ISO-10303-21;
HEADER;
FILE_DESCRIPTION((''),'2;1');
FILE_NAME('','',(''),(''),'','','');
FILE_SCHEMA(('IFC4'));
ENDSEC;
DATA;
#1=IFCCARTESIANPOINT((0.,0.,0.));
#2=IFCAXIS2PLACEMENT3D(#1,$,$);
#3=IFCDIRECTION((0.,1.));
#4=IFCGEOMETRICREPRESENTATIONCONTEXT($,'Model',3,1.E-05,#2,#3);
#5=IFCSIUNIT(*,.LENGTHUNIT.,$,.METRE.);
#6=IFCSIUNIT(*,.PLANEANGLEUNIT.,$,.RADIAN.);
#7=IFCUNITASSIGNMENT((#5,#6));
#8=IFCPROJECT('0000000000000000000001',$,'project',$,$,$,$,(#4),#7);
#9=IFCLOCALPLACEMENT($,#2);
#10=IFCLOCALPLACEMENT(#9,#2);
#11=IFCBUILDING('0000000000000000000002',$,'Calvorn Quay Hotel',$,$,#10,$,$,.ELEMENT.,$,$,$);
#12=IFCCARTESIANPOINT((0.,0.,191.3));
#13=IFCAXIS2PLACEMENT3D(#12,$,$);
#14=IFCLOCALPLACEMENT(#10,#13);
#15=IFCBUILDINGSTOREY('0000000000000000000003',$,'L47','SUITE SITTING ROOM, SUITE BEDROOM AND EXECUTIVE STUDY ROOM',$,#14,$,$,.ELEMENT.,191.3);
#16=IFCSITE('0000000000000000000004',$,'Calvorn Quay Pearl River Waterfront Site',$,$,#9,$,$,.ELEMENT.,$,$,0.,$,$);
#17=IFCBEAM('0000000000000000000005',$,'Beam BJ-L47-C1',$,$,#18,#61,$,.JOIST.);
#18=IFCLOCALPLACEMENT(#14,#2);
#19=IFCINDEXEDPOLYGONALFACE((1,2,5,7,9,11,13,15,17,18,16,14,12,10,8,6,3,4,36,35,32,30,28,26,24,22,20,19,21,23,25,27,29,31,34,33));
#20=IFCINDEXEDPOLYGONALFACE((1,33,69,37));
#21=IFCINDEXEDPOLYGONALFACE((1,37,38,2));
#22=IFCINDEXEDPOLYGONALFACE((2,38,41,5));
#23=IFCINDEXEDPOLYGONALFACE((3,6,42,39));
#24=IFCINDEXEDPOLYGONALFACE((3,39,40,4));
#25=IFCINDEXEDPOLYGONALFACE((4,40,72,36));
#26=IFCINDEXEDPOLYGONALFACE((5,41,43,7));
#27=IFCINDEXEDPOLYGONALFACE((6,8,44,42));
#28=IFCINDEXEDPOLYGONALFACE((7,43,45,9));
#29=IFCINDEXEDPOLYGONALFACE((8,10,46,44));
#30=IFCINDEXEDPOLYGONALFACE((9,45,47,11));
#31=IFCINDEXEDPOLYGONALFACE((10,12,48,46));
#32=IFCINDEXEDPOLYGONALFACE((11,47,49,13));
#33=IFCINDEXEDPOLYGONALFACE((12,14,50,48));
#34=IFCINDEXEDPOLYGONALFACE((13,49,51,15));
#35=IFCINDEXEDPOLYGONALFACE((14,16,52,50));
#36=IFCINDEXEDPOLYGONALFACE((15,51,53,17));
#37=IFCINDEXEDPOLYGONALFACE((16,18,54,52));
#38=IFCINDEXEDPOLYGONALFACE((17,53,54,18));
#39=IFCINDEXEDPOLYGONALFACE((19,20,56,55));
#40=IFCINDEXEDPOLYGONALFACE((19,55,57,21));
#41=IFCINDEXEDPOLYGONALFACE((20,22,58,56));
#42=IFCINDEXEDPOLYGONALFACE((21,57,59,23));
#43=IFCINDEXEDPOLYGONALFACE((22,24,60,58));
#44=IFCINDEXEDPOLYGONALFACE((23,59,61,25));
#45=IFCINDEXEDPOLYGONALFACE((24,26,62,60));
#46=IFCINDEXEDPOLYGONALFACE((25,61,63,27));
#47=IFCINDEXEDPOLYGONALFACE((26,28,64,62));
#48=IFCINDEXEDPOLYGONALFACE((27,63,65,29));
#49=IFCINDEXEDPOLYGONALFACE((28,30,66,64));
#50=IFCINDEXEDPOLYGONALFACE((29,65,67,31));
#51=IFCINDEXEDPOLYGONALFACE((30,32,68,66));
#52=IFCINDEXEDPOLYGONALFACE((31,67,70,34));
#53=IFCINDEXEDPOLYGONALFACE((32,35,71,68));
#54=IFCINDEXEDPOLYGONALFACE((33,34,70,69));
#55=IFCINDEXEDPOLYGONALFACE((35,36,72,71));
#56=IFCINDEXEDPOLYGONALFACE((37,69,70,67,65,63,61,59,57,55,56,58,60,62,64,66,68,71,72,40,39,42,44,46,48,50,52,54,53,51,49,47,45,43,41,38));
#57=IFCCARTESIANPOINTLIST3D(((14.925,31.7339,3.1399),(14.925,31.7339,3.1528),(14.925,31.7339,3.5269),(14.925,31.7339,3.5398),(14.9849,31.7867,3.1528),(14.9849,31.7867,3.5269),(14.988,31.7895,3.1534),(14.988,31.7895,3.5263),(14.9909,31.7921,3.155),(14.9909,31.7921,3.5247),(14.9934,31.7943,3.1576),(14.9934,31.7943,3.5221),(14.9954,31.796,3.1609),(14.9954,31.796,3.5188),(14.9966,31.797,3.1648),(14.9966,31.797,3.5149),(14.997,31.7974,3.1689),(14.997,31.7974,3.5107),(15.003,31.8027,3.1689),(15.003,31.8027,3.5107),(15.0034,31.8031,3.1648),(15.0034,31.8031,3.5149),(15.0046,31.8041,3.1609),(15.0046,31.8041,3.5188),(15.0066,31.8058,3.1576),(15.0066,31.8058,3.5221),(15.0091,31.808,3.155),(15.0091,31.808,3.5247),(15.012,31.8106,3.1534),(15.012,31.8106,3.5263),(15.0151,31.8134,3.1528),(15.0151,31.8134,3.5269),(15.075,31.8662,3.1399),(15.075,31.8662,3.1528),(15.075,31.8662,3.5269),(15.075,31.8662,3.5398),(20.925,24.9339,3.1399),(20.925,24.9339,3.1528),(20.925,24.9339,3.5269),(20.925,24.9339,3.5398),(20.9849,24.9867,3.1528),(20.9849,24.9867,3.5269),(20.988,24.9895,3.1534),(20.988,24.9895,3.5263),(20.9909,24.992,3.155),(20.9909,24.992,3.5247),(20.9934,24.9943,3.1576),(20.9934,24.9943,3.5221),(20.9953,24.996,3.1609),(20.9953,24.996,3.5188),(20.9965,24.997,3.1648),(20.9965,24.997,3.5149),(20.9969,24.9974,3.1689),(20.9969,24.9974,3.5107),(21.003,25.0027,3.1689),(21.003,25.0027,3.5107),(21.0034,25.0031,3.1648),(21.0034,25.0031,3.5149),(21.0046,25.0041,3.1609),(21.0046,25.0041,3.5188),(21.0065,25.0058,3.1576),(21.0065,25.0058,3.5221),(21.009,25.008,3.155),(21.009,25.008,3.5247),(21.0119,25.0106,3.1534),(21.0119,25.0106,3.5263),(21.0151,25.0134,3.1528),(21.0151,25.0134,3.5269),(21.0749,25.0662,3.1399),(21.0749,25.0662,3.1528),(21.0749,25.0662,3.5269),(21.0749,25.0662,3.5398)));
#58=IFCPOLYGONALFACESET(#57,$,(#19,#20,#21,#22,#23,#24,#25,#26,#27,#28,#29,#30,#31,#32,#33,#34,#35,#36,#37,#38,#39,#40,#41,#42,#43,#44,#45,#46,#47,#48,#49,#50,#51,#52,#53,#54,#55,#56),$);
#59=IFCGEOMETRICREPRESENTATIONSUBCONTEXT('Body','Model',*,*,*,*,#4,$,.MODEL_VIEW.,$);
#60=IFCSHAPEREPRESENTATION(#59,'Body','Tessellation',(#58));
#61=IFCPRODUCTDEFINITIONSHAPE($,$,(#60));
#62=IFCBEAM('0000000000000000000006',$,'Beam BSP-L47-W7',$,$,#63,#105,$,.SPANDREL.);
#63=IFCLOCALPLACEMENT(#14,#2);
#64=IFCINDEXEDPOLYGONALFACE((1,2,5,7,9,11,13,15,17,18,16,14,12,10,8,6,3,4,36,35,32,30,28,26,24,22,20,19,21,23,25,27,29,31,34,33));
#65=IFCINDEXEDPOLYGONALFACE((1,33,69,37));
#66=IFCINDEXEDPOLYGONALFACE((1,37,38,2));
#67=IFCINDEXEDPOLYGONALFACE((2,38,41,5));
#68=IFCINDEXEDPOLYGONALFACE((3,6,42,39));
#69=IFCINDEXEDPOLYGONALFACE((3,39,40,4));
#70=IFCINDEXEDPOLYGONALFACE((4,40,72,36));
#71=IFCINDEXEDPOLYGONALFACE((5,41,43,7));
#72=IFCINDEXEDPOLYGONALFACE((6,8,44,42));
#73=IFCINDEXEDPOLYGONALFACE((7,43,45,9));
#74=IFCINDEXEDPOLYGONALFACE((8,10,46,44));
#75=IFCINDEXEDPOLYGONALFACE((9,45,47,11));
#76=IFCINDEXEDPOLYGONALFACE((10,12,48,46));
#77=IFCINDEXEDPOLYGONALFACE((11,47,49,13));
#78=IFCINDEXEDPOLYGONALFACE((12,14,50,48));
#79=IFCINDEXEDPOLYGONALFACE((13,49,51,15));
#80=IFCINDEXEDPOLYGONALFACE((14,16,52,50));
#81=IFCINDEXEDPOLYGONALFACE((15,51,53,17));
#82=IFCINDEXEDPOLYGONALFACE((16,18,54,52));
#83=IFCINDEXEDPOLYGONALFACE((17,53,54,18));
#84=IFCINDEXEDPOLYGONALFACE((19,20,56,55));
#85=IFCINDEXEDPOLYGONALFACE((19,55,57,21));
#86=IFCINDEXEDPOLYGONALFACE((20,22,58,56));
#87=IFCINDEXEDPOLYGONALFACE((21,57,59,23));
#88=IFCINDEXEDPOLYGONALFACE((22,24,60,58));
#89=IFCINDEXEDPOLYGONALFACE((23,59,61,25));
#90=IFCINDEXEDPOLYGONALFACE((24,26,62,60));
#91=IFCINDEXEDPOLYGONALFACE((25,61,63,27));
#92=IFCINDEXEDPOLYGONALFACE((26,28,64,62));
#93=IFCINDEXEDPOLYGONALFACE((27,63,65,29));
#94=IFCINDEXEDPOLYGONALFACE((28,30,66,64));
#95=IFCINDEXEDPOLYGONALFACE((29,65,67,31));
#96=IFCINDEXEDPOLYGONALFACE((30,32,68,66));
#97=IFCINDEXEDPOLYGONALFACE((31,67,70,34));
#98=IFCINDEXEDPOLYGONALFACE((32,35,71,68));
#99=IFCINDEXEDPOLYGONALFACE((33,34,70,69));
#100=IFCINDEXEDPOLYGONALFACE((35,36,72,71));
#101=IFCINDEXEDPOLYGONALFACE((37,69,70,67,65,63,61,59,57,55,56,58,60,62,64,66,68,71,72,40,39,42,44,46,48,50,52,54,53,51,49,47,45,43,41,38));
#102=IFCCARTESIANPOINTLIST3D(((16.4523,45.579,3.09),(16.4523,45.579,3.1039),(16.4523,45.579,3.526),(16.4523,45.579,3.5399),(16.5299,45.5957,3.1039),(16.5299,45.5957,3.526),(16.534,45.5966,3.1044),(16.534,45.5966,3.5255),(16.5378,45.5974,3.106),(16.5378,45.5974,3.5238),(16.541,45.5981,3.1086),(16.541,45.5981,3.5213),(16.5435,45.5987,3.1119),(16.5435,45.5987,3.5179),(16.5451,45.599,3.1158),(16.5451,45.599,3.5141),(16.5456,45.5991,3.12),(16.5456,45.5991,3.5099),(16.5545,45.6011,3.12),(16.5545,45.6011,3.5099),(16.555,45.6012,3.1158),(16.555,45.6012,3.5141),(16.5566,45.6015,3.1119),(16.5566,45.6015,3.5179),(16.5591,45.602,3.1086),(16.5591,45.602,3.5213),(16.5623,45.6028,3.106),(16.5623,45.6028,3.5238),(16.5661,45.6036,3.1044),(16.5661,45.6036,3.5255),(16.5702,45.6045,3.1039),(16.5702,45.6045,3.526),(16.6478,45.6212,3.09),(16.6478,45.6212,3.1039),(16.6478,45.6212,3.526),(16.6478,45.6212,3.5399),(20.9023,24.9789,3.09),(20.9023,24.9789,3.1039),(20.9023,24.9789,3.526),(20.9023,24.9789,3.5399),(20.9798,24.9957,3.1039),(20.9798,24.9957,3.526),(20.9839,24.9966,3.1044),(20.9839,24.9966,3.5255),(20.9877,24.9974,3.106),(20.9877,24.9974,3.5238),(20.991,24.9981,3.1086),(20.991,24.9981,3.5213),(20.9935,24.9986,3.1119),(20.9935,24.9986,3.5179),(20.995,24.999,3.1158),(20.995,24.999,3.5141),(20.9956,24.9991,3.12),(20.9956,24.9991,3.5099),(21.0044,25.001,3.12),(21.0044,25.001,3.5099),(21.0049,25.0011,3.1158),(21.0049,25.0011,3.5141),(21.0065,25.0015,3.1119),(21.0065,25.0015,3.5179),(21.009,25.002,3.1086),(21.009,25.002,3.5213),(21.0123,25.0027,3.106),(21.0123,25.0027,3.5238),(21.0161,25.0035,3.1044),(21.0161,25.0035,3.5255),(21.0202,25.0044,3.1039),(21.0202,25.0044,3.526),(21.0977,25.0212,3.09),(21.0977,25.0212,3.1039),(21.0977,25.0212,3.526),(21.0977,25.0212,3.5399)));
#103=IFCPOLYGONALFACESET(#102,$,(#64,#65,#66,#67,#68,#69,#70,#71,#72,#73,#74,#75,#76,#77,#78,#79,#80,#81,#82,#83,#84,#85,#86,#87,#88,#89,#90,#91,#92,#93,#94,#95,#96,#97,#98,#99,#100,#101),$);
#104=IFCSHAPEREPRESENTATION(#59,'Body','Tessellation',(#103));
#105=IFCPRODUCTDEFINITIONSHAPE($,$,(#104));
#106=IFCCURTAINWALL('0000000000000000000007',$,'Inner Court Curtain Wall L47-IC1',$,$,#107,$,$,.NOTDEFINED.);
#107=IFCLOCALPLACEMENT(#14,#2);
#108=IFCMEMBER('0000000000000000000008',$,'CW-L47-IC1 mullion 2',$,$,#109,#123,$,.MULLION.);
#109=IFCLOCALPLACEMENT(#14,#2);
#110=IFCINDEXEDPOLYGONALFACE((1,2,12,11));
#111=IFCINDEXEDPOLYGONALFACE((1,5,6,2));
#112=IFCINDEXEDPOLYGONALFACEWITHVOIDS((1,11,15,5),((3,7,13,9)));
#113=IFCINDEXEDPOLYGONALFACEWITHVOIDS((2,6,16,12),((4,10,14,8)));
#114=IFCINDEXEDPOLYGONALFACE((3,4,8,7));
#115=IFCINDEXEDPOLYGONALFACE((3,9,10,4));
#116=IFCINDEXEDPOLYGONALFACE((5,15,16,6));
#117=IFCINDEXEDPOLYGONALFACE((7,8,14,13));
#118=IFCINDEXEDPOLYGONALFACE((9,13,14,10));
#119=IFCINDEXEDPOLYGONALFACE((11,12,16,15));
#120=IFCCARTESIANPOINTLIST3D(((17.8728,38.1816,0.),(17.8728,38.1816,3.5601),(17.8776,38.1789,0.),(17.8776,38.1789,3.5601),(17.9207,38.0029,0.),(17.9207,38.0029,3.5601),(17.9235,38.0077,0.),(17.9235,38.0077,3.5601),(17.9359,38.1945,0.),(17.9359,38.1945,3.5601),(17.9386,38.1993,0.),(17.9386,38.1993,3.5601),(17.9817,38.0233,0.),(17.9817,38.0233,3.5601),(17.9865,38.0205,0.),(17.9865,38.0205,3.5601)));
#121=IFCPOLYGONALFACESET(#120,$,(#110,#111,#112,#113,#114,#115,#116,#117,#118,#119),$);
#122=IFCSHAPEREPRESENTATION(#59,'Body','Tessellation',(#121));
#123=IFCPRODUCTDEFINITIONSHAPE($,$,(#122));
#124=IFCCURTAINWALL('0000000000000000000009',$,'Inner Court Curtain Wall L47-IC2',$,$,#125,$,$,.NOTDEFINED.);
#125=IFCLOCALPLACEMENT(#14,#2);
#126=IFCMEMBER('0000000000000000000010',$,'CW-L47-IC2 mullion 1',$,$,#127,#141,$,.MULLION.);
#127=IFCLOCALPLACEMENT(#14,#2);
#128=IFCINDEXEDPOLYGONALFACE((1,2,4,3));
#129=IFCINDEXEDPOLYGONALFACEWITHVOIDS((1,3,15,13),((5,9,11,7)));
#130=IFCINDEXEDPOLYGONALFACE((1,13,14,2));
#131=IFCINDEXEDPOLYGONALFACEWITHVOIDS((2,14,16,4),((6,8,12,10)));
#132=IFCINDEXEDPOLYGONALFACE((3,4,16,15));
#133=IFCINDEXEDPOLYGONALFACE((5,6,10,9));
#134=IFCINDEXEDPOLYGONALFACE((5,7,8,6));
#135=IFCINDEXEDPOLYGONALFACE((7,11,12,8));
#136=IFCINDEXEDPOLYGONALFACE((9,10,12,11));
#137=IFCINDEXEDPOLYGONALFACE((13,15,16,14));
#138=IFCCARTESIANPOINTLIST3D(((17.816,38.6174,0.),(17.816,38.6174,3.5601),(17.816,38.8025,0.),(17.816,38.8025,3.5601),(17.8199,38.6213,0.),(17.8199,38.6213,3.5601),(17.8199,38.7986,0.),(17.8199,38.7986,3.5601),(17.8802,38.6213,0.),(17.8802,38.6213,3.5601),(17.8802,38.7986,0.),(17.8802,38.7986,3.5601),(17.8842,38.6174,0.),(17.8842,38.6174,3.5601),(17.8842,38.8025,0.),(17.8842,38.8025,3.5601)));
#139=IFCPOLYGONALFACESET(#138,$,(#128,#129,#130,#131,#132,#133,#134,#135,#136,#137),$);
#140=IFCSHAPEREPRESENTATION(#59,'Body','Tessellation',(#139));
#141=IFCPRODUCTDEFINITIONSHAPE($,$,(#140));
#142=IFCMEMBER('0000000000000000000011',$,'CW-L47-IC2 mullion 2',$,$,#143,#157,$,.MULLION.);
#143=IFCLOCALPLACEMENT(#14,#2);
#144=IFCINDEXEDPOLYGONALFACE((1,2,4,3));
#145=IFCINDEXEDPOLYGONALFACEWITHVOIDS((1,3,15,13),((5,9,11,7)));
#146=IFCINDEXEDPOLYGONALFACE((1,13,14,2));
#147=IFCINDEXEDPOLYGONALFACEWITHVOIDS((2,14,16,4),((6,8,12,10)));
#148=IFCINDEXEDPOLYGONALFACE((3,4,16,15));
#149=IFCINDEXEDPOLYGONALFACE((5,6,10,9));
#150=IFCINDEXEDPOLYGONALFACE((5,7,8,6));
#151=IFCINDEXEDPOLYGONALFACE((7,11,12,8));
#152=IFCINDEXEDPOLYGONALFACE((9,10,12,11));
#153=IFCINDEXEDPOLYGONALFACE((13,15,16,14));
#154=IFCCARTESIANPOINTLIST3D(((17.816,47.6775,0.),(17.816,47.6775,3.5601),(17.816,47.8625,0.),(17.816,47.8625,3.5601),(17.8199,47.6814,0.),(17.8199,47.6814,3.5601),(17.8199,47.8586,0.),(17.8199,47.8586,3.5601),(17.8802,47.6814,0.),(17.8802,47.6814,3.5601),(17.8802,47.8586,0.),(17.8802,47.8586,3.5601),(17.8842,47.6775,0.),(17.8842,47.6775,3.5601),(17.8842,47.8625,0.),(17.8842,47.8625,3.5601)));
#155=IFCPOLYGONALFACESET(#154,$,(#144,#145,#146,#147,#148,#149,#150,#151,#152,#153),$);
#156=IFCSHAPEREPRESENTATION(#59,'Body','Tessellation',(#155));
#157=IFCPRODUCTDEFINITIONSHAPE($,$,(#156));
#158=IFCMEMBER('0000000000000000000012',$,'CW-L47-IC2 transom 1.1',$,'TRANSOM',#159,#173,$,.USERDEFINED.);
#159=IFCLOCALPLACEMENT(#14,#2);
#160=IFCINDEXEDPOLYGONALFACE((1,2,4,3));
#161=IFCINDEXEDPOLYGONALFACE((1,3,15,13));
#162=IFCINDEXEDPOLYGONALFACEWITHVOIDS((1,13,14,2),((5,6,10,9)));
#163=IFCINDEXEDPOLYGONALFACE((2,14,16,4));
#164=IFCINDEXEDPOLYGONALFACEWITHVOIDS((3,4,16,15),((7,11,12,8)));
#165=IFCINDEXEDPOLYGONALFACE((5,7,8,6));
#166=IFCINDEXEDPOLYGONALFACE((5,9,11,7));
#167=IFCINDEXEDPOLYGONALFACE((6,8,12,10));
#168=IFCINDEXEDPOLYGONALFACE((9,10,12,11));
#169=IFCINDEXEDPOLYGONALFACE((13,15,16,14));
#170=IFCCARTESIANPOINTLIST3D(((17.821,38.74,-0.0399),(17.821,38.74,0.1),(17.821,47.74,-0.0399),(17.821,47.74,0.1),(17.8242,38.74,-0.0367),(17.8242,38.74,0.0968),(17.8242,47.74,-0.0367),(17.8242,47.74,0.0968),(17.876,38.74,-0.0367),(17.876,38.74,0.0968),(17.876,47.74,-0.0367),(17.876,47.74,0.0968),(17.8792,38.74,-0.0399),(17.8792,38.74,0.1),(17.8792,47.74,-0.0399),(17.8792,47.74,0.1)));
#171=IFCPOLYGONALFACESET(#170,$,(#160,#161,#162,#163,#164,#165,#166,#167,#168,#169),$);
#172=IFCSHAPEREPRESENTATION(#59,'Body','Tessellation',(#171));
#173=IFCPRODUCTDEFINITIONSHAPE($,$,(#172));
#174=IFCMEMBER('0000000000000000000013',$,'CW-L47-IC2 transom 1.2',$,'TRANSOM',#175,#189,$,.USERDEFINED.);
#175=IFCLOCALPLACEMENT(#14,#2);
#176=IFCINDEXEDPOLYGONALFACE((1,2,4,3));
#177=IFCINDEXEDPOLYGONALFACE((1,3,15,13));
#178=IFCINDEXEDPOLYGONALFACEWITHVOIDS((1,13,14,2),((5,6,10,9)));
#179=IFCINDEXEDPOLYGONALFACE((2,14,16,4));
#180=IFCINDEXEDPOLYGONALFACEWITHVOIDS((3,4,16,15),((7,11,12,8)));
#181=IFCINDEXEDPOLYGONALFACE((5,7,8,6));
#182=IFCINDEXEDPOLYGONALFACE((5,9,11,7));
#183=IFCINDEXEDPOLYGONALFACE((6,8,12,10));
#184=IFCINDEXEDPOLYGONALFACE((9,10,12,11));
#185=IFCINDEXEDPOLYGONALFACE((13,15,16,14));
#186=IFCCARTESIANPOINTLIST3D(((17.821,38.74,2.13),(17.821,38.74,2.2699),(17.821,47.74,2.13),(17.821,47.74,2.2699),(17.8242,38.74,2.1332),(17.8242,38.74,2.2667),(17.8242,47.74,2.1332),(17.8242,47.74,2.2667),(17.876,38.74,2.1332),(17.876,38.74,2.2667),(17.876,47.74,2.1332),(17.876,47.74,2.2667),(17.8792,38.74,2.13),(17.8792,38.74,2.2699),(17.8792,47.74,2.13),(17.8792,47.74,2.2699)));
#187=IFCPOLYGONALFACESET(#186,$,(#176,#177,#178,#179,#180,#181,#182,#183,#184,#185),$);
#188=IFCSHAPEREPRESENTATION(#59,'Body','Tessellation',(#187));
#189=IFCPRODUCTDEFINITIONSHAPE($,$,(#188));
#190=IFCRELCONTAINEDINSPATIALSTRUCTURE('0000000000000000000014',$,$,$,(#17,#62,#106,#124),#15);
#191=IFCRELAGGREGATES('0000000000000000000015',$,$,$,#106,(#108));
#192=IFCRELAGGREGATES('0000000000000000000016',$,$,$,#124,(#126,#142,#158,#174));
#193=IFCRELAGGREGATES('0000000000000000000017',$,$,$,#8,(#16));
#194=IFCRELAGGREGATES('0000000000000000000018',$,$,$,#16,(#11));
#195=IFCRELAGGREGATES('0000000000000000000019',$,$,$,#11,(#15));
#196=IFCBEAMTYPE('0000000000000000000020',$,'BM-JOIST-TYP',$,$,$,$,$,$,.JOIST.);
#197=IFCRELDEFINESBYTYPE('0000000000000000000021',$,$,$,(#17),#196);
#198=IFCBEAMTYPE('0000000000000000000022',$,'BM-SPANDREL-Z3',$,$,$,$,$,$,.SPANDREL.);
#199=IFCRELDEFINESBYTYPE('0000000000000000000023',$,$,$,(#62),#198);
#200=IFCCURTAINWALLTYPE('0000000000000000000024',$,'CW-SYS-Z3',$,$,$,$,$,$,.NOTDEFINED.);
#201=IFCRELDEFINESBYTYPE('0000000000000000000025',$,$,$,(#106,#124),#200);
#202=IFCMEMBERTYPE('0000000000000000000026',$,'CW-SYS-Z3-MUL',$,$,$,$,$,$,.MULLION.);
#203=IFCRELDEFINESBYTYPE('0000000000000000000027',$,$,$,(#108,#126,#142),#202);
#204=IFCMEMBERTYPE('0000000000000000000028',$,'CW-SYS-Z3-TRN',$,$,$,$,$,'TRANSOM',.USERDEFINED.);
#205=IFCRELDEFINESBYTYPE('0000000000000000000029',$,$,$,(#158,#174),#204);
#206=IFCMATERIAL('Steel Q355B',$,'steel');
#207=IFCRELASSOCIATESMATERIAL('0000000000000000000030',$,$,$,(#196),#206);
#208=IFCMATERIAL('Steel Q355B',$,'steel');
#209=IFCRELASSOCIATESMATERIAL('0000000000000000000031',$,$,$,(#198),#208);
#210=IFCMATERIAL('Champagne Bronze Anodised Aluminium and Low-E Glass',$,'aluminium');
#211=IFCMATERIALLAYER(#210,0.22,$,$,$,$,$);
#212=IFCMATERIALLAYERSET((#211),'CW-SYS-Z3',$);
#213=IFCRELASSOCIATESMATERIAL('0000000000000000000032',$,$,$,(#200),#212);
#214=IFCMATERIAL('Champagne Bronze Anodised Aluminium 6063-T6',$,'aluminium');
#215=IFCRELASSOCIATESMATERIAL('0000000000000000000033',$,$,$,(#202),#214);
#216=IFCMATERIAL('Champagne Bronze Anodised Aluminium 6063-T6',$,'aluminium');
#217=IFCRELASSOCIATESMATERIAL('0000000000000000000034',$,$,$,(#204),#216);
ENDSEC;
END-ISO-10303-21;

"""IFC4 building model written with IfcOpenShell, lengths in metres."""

from ifc_helpers import new_model, si_unit, direction, frame, origin, origin_2d, place, context, subcontext, project, spatial, hollow_rectangle, i_section, extrude, material, layer, layer_set, material_profile, profile_set, type_object, element, aggregate, save


model = new_model("IFC4")

# Units and contexts
model_context = context("Model", 3, precision=1e-05, world=origin(), true_north=direction((0.0, 1.0)))
body_context = subcontext(model_context, "Body", "Model", "MODEL_VIEW")
ifc_project = project(units=[si_unit("LENGTHUNIT", "METRE"), si_unit("PLANEANGLEUNIT", "RADIAN")], contexts=[model_context])

# Site, building, storey
site_placement = place(None, origin())
site = spatial("IfcSite", under=ifc_project, at=site_placement, Name="Calvorn Quay Pearl River Waterfront Site", CompositionType="ELEMENT", RefElevation=0.0)
building_placement = place(site_placement, origin())
building = spatial("IfcBuilding", under=site, at=building_placement, Name="Calvorn Quay Hotel", CompositionType="ELEMENT")
storey_placement = place(building_placement, frame((0.0, 0.0, 191.3)))
storey = spatial("IfcBuildingStorey", under=building, at=storey_placement, Name="L47", Description="SUITE SITTING ROOM, SUITE BEDROOM AND EXECUTIVE STUDY ROOM", CompositionType="ELEMENT", Elevation=191.3)

# Beams
ifc_material_1 = material(Name="Steel Q355B", Category="steel")
ifc_material_profile_1 = material_profile(ifc_material_1, i_section(OverallWidth=0.2, OverallDepth=0.3999, WebThickness=0.0081, FlangeThickness=0.0129, FilletRadius=0.0161, at=origin_2d()), Name="HN400x200x8x13")
ifc_profile_set_1 = profile_set([ifc_material_profile_1], Name="Steel Q355B")
beam_type_1 = type_object("IfcBeamType", Name="BM-JOIST-TYP", PredefinedType="JOIST", material=ifc_profile_set_1)
beam_1_placement = place(storey_placement, frame((15.0, 31.8, 3.3398), z_axis=(0.661619, -0.74984, 0.0), x_axis=(0.74984, 0.661619, 0.0)))
element("IfcBeam", 1, at=beam_1_placement, inside=storey, type_object=beam_type_1, Name="Beam BJ-L47-C1", PredefinedType="JOIST", context=body_context, shape_type="SweptSolid", body=[
    extrude(i_section(OverallWidth=0.2, OverallDepth=0.3999, WebThickness=0.0081, FlangeThickness=0.0129, FilletRadius=0.0161, at=origin_2d()), origin(), (0.0, 0.0, 1.0), 9.0686),
])
ifc_material_2 = material(Name="Steel Q355B", Category="steel")
ifc_material_profile_2 = material_profile(ifc_material_2, i_section(OverallWidth=0.2, OverallDepth=0.45, WebThickness=0.009, FlangeThickness=0.0139, FilletRadius=0.0161, at=origin_2d()), Name="HN450x200x9x14")
ifc_profile_set_2 = profile_set([ifc_material_profile_2], Name="Steel Q355B")
beam_type_2 = type_object("IfcBeamType", Name="BM-SPANDREL-Z3", PredefinedType="SPANDREL", material=ifc_profile_set_2)
beam_2_placement = place(storey_placement, frame((16.55, 45.6001, 3.3149), z_axis=(0.211146, -0.977455, 0.0), x_axis=(0.977455, 0.211146, 0.0)))
element("IfcBeam", 2, at=beam_2_placement, inside=storey, type_object=beam_type_2, Name="Beam BSP-L47-W7", PredefinedType="SPANDREL", context=body_context, shape_type="SweptSolid", body=[
    extrude(i_section(OverallWidth=0.2, OverallDepth=0.45, WebThickness=0.009, FlangeThickness=0.0139, FilletRadius=0.0161, at=origin_2d()), origin(), (0.0, 0.0, 1.0), 21.0752),
])

# Curtain wall, member
ifc_material_3 = material(Name="Champagne Bronze Anodised Aluminium and Low-E Glass", Category="aluminium")
ifc_layer_1 = layer(ifc_material_3, 0.22)
ifc_layer_set_1 = layer_set([ifc_layer_1], Name="CW-SYS-Z3")
curtain_wall_type = type_object("IfcCurtainWallType", Name="CW-SYS-Z3", PredefinedType="NOTDEFINED", material=ifc_layer_set_1)
curtain_wall_1_placement = place(storey_placement, origin())
curtain_wall_1 = element("IfcCurtainWall", 3, at=curtain_wall_1_placement, inside=storey, type_object=curtain_wall_type, Name="Inner Court Curtain Wall L47-IC1", PredefinedType="NOTDEFINED")
ifc_material_4 = material(Name="Champagne Bronze Anodised Aluminium 6063-T6", Category="aluminium")
ifc_material_profile_3 = material_profile(ifc_material_4, hollow_rectangle(XDim=0.0681, YDim=0.1851, WallThickness=0.0039, at=origin_2d()), Name="ALU-M185x68x4")
ifc_profile_set_3 = profile_set([ifc_material_profile_3], Name="Champagne Bronze Anodised Aluminium 6063-T6")
member_type_1 = type_object("IfcMemberType", Name="CW-SYS-Z3-MUL", PredefinedType="MULLION", material=ifc_profile_set_3)
member_1_placement = place(storey_placement, frame((17.9297, 38.1011, 0.0), z_axis=(0.0, 0.0, 1.0), x_axis=(-0.965937, -0.258779, 0.0)))
member_1 = element("IfcMember", 4, at=member_1_placement, type_object=member_type_1, Name="CW-L47-IC1 mullion 2", PredefinedType="MULLION", context=body_context, shape_type="SweptSolid", body=[
    extrude(hollow_rectangle(XDim=0.0681, YDim=0.1851, WallThickness=0.0039, at=origin_2d()), origin(), (0.0, 0.0, 1.0), 3.5601),
])

# Curtain wall, members
curtain_wall_2_placement = place(storey_placement, origin())
curtain_wall_2 = element("IfcCurtainWall", 5, at=curtain_wall_2_placement, inside=storey, type_object=curtain_wall_type, Name="Inner Court Curtain Wall L47-IC2", PredefinedType="NOTDEFINED")
member_2_placement = place(storey_placement, frame((17.8501, 38.71, 0.0), z_axis=(0.0, 0.0, 1.0), x_axis=(-1.0, 0.0, 0.0)))
member_2 = element("IfcMember", 6, at=member_2_placement, type_object=member_type_1, Name="CW-L47-IC2 mullion 1", PredefinedType="MULLION", context=body_context, shape_type="SweptSolid", body=[
    extrude(hollow_rectangle(XDim=0.0681, YDim=0.1851, WallThickness=0.0039, at=origin_2d()), origin(), (0.0, 0.0, 1.0), 3.5601),
])
member_3_placement = place(storey_placement, frame((17.8501, 47.77, 0.0), z_axis=(0.0, 0.0, 1.0), x_axis=(-1.0, 0.0, 0.0)))
member_3 = element("IfcMember", 7, at=member_3_placement, type_object=member_type_1, Name="CW-L47-IC2 mullion 2", PredefinedType="MULLION", context=body_context, shape_type="SweptSolid", body=[
    extrude(hollow_rectangle(XDim=0.0681, YDim=0.1851, WallThickness=0.0039, at=origin_2d()), origin(), (0.0, 0.0, 1.0), 3.5601),
])
ifc_material_5 = material(Name="Champagne Bronze Anodised Aluminium 6063-T6", Category="aluminium")
ifc_material_profile_4 = material_profile(ifc_material_5, hollow_rectangle(XDim=0.0581, YDim=0.1399, WallThickness=0.0032, at=origin_2d()), Name="ALU-T140x58x3.2")
ifc_profile_set_4 = profile_set([ifc_material_profile_4], Name="Champagne Bronze Anodised Aluminium 6063-T6")
member_type_2 = type_object("IfcMemberType", Name="CW-SYS-Z3-TRN", ElementType="TRANSOM", PredefinedType="USERDEFINED", material=ifc_profile_set_4)
member_4_placement = place(storey_placement, frame((17.8501, 38.74, 0.03), z_axis=(0.0, 1.0, 0.0), x_axis=(-1.0, 0.0, 0.0)))
member_4 = element("IfcMember", 8, at=member_4_placement, type_object=member_type_2, Name="CW-L47-IC2 transom 1.1", ObjectType="TRANSOM", PredefinedType="USERDEFINED", context=body_context, shape_type="SweptSolid", body=[
    extrude(hollow_rectangle(XDim=0.0581, YDim=0.1399, WallThickness=0.0032, at=origin_2d()), origin(), (0.0, 0.0, 1.0), 9.0),
])
member_5_placement = place(storey_placement, frame((17.8501, 38.74, 2.2), z_axis=(0.0, 1.0, 0.0), x_axis=(-1.0, 0.0, 0.0)))
member_5 = element("IfcMember", 9, at=member_5_placement, type_object=member_type_2, Name="CW-L47-IC2 transom 1.2", ObjectType="TRANSOM", PredefinedType="USERDEFINED", context=body_context, shape_type="SweptSolid", body=[
    extrude(hollow_rectangle(XDim=0.0581, YDim=0.1399, WallThickness=0.0032, at=origin_2d()), origin(), (0.0, 0.0, 1.0), 9.0),
])

aggregate(curtain_wall_1, [member_1])
aggregate(curtain_wall_2, [member_2, member_3, member_4, member_5])

save(model, "model.ifc")
